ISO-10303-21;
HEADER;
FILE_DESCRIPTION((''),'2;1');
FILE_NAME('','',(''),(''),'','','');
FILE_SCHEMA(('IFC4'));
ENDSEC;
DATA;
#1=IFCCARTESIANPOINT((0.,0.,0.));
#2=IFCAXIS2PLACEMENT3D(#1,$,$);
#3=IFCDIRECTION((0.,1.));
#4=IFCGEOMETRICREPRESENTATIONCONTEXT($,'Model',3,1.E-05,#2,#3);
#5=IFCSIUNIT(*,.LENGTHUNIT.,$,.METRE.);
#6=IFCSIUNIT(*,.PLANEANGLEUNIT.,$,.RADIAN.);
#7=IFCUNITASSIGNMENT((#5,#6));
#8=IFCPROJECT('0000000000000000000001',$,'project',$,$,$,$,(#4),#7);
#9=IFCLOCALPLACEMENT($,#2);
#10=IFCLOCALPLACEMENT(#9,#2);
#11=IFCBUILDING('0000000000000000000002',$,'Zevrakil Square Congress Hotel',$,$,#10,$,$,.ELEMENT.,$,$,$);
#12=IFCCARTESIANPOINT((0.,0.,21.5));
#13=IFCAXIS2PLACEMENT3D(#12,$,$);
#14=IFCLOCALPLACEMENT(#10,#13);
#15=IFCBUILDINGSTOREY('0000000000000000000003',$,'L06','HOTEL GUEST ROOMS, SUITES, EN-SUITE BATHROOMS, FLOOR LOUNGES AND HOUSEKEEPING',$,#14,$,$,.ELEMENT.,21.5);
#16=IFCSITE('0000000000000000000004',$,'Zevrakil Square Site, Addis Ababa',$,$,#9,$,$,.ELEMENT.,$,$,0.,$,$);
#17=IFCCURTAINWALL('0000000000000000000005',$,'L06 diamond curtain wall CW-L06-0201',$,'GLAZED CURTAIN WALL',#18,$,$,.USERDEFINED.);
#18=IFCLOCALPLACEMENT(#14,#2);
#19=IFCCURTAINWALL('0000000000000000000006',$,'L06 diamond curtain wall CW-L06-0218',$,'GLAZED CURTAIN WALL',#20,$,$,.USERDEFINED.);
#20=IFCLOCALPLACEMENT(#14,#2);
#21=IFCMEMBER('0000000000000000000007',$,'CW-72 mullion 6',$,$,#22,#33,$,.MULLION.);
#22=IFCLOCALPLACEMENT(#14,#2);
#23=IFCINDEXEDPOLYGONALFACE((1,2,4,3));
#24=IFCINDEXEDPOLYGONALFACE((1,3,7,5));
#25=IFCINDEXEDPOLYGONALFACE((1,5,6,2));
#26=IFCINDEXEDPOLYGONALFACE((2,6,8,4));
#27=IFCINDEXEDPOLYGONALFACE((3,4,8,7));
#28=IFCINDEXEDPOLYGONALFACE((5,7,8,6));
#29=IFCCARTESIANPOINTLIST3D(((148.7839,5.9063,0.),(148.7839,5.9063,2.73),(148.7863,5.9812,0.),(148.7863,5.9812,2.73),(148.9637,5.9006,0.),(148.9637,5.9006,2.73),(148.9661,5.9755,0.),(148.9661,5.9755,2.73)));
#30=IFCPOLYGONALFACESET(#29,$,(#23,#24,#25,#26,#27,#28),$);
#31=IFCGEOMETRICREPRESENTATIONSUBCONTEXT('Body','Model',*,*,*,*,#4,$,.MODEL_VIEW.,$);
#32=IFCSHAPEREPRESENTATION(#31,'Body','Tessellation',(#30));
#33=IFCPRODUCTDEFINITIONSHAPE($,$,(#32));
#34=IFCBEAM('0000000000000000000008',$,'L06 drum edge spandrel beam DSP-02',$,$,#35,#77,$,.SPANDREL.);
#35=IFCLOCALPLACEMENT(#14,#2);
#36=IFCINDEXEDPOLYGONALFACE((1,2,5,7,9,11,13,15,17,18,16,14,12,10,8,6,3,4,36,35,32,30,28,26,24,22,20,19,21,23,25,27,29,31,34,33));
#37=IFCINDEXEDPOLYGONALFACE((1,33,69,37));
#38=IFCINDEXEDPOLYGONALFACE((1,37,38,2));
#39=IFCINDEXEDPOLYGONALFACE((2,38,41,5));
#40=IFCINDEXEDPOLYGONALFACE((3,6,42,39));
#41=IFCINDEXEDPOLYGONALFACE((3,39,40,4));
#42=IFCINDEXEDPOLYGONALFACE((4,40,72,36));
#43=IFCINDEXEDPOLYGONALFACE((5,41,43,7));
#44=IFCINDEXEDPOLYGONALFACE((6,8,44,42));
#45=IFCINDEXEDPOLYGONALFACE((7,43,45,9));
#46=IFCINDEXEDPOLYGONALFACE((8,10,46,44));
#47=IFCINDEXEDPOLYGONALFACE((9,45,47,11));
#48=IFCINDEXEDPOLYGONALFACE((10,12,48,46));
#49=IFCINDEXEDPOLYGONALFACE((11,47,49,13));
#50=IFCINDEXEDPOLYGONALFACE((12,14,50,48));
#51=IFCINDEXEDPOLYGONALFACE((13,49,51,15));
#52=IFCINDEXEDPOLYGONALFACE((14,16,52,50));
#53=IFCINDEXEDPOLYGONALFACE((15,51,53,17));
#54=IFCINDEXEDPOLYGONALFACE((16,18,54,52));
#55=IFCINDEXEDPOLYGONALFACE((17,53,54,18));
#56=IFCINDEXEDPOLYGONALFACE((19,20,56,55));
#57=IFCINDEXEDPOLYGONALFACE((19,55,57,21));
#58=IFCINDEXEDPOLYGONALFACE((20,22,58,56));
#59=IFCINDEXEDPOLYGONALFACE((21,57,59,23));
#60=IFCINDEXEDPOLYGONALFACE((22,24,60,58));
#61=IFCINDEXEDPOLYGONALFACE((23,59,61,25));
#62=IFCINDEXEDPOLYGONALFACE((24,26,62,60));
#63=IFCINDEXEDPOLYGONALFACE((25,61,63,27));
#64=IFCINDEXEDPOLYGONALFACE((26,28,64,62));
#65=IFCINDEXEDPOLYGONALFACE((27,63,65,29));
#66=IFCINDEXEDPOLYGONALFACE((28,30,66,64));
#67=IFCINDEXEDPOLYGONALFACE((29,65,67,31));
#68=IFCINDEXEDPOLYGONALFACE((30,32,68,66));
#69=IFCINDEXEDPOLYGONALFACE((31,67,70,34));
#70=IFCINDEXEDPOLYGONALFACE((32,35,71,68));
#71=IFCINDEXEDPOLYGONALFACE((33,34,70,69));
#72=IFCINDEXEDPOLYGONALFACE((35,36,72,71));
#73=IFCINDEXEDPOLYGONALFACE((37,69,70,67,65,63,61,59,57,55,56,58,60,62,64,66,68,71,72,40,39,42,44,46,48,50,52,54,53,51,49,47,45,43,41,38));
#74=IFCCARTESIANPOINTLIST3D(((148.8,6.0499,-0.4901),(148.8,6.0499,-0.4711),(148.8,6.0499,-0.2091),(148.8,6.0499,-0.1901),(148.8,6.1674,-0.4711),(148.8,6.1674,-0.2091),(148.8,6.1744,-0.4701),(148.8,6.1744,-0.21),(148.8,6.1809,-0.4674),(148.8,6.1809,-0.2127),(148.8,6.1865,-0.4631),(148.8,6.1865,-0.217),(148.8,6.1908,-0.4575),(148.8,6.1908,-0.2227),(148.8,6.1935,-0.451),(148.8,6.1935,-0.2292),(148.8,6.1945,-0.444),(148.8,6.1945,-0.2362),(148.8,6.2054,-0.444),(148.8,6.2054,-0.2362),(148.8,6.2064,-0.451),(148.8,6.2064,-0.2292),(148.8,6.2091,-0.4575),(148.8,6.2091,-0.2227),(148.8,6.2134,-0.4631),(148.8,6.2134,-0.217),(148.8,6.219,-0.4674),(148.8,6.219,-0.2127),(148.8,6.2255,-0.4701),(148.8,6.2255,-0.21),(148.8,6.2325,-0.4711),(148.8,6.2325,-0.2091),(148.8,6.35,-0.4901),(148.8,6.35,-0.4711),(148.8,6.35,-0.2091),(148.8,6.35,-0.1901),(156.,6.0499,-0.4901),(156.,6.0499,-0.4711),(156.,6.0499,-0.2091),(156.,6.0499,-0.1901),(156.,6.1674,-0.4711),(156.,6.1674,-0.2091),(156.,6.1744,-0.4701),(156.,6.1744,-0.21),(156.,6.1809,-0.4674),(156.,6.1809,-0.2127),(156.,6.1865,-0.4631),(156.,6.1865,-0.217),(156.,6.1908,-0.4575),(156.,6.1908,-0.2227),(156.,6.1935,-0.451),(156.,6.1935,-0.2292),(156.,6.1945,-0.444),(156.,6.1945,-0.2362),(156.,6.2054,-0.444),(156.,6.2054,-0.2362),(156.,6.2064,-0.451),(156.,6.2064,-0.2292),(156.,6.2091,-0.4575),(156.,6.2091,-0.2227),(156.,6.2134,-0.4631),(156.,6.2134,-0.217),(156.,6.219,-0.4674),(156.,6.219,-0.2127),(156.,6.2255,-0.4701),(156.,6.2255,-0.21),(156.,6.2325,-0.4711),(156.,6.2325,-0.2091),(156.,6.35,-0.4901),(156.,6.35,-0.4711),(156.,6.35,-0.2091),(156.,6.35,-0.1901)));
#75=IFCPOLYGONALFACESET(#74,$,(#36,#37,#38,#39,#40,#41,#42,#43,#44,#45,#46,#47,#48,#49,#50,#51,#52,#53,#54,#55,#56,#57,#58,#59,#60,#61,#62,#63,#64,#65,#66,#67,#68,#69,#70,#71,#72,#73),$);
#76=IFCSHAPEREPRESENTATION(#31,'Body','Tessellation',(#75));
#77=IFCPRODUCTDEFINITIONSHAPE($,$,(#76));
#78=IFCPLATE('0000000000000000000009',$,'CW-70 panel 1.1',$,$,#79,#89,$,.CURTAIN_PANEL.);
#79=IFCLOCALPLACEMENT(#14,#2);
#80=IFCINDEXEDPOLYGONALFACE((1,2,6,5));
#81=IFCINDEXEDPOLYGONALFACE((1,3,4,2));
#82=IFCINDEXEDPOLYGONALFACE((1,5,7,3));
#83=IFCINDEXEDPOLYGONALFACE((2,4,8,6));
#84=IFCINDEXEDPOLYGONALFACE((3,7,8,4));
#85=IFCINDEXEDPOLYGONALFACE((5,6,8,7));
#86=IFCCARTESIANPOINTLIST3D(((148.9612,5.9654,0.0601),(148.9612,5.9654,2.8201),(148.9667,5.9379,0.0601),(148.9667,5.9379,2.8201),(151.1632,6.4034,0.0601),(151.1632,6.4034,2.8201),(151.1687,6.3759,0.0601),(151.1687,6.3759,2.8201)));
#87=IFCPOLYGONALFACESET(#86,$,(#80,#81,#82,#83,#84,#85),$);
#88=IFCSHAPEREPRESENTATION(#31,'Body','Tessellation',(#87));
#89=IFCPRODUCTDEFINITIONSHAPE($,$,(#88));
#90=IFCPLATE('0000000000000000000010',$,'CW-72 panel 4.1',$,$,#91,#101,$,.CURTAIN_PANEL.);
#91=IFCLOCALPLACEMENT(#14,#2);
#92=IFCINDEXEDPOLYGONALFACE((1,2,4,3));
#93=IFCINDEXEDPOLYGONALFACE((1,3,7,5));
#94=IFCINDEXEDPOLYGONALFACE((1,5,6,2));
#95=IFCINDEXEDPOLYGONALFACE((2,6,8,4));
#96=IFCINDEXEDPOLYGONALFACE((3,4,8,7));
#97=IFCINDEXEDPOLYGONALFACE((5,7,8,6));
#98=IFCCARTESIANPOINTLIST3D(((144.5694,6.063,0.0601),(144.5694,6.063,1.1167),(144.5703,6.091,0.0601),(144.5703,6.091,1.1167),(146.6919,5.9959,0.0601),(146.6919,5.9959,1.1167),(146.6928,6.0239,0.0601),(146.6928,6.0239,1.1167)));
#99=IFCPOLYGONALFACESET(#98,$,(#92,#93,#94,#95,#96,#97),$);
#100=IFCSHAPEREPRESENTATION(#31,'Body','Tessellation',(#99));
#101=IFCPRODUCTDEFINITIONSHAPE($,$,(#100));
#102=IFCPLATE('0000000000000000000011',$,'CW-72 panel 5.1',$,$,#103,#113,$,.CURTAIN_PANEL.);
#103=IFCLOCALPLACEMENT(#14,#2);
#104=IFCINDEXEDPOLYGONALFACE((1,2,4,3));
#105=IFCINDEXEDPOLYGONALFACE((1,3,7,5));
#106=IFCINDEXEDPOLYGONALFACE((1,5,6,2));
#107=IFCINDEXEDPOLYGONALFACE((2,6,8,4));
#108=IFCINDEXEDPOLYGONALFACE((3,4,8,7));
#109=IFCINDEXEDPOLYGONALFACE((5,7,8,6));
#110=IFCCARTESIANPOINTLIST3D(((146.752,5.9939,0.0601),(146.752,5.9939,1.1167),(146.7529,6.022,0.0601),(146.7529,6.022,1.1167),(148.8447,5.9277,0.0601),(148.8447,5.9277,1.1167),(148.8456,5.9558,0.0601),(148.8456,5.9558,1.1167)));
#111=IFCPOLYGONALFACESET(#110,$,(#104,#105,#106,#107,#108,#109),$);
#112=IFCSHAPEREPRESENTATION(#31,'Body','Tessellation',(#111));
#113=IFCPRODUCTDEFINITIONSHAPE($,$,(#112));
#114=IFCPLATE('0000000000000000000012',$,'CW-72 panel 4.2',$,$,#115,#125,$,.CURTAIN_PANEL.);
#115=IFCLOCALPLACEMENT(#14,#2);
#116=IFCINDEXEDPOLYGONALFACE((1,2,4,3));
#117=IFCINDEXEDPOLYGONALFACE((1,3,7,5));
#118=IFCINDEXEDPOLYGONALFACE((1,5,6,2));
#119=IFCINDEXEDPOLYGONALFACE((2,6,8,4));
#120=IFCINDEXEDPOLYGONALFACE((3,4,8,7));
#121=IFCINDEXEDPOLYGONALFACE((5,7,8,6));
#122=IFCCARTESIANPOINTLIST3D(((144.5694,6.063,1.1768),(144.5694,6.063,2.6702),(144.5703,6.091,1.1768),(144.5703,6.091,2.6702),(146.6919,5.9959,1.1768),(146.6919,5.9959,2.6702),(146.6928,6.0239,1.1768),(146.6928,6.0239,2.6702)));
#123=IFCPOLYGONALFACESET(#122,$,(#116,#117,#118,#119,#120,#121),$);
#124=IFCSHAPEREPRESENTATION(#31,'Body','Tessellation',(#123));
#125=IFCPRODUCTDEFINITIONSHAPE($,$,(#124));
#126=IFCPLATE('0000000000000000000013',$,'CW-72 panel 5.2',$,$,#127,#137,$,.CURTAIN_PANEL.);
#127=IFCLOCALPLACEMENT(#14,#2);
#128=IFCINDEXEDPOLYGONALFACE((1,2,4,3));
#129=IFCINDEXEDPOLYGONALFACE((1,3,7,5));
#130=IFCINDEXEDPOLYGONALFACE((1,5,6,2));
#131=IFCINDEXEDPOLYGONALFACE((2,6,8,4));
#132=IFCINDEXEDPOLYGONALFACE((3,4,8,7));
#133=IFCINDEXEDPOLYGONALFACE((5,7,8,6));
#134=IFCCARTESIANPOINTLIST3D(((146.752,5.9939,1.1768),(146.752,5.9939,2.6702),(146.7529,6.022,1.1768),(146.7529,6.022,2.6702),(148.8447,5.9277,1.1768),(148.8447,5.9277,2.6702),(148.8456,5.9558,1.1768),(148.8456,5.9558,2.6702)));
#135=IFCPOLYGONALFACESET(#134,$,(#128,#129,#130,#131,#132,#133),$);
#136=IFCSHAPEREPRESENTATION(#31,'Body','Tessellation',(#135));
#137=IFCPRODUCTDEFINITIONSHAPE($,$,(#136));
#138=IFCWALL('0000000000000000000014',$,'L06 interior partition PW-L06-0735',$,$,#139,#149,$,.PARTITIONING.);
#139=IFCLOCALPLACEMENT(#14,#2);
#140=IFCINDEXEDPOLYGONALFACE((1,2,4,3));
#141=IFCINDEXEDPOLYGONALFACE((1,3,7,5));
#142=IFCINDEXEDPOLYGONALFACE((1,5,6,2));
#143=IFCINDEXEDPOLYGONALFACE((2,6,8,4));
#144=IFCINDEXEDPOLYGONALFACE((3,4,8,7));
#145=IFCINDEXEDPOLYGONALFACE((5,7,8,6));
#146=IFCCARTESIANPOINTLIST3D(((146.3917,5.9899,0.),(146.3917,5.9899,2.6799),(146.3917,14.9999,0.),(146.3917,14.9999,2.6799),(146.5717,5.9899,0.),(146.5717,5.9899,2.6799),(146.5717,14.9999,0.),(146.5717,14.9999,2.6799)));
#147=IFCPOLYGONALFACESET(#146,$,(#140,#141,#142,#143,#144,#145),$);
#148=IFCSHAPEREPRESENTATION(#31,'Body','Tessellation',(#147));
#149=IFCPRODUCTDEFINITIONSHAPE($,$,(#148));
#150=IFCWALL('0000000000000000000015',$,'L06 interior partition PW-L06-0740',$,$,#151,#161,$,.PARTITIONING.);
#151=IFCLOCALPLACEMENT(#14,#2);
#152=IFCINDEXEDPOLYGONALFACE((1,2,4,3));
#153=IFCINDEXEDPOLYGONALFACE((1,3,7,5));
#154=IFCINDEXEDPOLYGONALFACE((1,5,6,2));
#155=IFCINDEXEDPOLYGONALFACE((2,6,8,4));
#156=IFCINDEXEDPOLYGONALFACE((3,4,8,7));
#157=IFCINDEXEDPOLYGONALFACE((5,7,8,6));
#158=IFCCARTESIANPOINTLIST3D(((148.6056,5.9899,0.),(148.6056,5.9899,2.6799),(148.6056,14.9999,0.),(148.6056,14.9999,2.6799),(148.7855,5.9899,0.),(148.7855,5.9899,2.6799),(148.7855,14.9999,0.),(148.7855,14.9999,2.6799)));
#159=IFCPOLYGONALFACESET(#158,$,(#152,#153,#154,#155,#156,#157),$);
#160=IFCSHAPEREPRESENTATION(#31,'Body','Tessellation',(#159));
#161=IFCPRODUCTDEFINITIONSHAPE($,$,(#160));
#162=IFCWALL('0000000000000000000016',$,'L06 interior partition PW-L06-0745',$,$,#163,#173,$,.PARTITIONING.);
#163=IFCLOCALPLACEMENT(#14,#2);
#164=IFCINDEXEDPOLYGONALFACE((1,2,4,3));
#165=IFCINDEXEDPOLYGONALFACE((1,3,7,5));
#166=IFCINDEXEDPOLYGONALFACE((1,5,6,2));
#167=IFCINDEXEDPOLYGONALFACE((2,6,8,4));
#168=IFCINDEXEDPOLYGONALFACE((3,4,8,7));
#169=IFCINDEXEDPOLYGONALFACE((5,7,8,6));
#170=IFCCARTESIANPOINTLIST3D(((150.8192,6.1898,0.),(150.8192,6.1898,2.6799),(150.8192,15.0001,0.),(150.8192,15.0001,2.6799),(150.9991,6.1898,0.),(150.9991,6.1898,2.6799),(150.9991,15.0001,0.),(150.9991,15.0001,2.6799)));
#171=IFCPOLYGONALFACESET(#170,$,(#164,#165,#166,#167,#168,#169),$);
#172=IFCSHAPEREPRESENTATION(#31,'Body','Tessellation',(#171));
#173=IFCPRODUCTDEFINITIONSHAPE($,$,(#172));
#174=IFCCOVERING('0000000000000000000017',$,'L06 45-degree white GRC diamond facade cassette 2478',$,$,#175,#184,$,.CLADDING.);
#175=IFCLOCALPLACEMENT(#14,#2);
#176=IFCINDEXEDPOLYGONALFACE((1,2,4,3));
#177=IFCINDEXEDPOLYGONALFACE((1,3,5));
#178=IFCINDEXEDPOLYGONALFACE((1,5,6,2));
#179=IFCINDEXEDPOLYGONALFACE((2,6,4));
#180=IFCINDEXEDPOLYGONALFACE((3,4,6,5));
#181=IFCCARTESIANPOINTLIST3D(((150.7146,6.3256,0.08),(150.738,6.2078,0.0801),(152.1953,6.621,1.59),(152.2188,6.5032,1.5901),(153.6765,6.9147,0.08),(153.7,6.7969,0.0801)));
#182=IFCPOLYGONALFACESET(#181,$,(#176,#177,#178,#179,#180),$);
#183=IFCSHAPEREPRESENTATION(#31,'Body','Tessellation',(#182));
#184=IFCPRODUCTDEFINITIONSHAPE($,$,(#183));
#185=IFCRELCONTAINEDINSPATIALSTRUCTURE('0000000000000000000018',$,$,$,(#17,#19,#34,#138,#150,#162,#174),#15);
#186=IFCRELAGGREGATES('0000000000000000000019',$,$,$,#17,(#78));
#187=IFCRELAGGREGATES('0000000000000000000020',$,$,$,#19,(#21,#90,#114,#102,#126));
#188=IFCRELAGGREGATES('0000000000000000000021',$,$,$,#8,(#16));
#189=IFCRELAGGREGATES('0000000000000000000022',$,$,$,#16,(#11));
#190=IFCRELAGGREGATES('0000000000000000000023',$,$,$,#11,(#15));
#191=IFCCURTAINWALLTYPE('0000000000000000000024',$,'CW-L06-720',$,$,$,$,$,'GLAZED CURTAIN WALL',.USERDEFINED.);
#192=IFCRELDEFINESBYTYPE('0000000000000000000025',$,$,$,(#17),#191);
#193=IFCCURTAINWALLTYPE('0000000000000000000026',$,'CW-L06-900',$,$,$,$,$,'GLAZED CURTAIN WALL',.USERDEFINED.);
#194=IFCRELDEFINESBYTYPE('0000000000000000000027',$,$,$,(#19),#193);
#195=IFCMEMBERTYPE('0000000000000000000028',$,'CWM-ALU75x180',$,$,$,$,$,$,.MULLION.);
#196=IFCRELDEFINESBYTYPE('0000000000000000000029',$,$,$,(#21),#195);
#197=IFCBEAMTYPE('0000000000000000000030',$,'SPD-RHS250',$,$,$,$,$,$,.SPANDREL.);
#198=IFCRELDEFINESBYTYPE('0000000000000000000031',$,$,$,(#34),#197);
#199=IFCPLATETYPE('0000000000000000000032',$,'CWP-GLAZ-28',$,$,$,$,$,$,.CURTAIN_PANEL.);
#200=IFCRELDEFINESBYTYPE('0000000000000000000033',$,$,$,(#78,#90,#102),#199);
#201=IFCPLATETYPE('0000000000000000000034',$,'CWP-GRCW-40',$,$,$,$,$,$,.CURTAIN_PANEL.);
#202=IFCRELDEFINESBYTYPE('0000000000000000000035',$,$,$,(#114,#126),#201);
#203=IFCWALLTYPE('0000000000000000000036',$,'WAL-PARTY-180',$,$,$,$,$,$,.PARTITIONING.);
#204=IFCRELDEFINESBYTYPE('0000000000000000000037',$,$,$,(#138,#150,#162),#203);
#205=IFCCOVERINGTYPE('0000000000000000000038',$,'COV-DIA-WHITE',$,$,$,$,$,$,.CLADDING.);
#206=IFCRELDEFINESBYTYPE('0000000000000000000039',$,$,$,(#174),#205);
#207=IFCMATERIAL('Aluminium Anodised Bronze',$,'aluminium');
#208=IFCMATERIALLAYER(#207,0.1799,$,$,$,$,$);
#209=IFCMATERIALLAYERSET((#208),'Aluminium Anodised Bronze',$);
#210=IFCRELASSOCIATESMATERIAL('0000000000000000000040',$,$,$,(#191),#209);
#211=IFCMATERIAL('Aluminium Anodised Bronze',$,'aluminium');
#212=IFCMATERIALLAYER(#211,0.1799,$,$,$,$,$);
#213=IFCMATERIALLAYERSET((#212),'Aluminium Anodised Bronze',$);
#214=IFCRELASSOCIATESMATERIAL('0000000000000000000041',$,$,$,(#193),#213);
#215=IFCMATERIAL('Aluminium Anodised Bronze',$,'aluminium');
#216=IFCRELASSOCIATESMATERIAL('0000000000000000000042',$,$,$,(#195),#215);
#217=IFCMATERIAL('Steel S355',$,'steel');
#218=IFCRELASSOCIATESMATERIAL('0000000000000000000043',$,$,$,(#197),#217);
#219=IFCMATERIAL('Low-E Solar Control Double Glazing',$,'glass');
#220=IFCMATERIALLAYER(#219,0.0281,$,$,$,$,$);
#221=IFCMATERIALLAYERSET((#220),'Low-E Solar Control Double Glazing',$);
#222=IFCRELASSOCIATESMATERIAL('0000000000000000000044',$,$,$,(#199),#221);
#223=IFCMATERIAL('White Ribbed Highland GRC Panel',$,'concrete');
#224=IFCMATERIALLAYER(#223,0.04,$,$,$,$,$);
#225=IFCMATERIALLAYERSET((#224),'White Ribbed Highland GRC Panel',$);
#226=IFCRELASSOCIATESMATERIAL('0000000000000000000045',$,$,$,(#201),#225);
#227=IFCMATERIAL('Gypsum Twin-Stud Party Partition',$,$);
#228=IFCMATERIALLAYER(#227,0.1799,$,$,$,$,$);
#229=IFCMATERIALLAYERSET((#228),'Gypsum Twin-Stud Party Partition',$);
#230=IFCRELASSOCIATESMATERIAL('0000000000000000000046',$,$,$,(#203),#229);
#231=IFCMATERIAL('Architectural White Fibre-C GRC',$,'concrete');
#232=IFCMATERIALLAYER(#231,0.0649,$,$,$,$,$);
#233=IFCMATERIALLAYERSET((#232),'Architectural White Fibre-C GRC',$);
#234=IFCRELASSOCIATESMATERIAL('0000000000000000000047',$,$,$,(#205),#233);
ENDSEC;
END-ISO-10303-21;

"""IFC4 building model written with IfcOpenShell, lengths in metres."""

from ifc_helpers import new_model, si_unit, direction, frame, frame_2d, origin, origin_2d, place, context, subcontext, project, spatial, polyline, rectangle, i_section, outline, extrude, material, layer, layer_set, material_profile, profile_set, type_object, element, aggregate, save


model = new_model("IFC4")

# Units and contexts
model_context = context("Model", 3, precision=1e-05, world=origin(), true_north=direction((0.0, 1.0)))
body_context = subcontext(model_context, "Body", "Model", "MODEL_VIEW")
ifc_project = project(units=[si_unit("LENGTHUNIT", "METRE"), si_unit("PLANEANGLEUNIT", "RADIAN")], contexts=[model_context])

# Site, building, storey
site_placement = place(None, origin())
site = spatial("IfcSite", under=ifc_project, at=site_placement, Name="Zevrakil Square Site, Addis Ababa", CompositionType="ELEMENT", RefElevation=0.0)
building_placement = place(site_placement, origin())
building = spatial("IfcBuilding", under=site, at=building_placement, Name="Zevrakil Square Congress Hotel", CompositionType="ELEMENT")
storey_placement = place(building_placement, frame((0.0, 0.0, 21.5)))
storey = spatial("IfcBuildingStorey", under=building, at=storey_placement, Name="L06", Description="HOTEL GUEST ROOMS, SUITES, EN-SUITE BATHROOMS, FLOOR LOUNGES AND HOUSEKEEPING", CompositionType="ELEMENT", Elevation=21.5)

# Curtain walls
ifc_material_1 = material(Name="Aluminium Anodised Bronze", Category="aluminium")
ifc_layer_1 = layer(ifc_material_1, 0.1799)
ifc_layer_set_1 = layer_set([ifc_layer_1], Name="Aluminium Anodised Bronze")
curtain_wall_type_1 = type_object("IfcCurtainWallType", Name="CW-L06-720", ElementType="GLAZED CURTAIN WALL", PredefinedType="USERDEFINED", material=ifc_layer_set_1)
curtain_wall_1_placement = place(storey_placement, origin())
curtain_wall_1 = element("IfcCurtainWall", 1, at=curtain_wall_1_placement, inside=storey, type_object=curtain_wall_type_1, Name="L06 diamond curtain wall CW-L06-0201", ObjectType="GLAZED CURTAIN WALL", PredefinedType="USERDEFINED")
ifc_material_2 = material(Name="Aluminium Anodised Bronze", Category="aluminium")
ifc_layer_2 = layer(ifc_material_2, 0.1799)
ifc_layer_set_2 = layer_set([ifc_layer_2], Name="Aluminium Anodised Bronze")
curtain_wall_type_2 = type_object("IfcCurtainWallType", Name="CW-L06-900", ElementType="GLAZED CURTAIN WALL", PredefinedType="USERDEFINED", material=ifc_layer_set_2)
curtain_wall_2_placement = place(storey_placement, origin())
curtain_wall_2 = element("IfcCurtainWall", 2, at=curtain_wall_2_placement, inside=storey, type_object=curtain_wall_type_2, Name="L06 diamond curtain wall CW-L06-0218", ObjectType="GLAZED CURTAIN WALL", PredefinedType="USERDEFINED")

# Member
ifc_material_3 = material(Name="Aluminium Anodised Bronze", Category="aluminium")
ifc_material_profile_1 = material_profile(ifc_material_3, rectangle(XDim=0.075, YDim=0.1799, at=origin_2d()), Name="ALU 75x180")
ifc_profile_set_1 = profile_set([ifc_material_profile_1], Name="Aluminium Anodised Bronze")
member_type_1 = type_object("IfcMemberType", Name="CWM-ALU75x180", PredefinedType="MULLION", material=ifc_profile_set_1)
member_1_placement = place(storey_placement, frame((148.875, 5.9409, 0.0), z_axis=(0.0, 0.0, 1.0), x_axis=(0.031598, 0.999501, 0.0)))
member_1 = element("IfcMember", 3, at=member_1_placement, type_object=member_type_1, Name="CW-72 mullion 6", PredefinedType="MULLION", context=body_context, shape_type="SweptSolid", body=[
    extrude(rectangle(XDim=0.075, YDim=0.1799, at=origin_2d()), origin(), (0.0, 0.0, 1.0), 2.73),
])

# Beam
ifc_material_4 = material(Name="Steel S355", Category="steel")
ifc_material_profile_2 = material_profile(ifc_material_4, i_section(OverallWidth=0.3, OverallDepth=0.3, WebThickness=0.011, FlangeThickness=0.019, FilletRadius=0.0271, at=origin_2d()), Name="HEB 300")
ifc_profile_set_2 = profile_set([ifc_material_profile_2], Name="Steel S355")
beam_type = type_object("IfcBeamType", Name="SPD-RHS250", PredefinedType="SPANDREL", material=ifc_profile_set_2)
beam_placement = place(storey_placement, frame((148.8, 6.2, -0.3401), z_axis=(1.0, 0.0, 0.0), x_axis=(0.0, 1.0, 0.0)))
element("IfcBeam", 4, at=beam_placement, inside=storey, type_object=beam_type, Name="L06 drum edge spandrel beam DSP-02", PredefinedType="SPANDREL", context=body_context, shape_type="SweptSolid", body=[
    extrude(i_section(OverallWidth=0.3, OverallDepth=0.3, WebThickness=0.011, FlangeThickness=0.019, FilletRadius=0.0271, at=origin_2d()), origin(), (0.0, 0.0, 1.0), 7.2),
])

# Plates
ifc_material_5 = material(Name="Low-E Solar Control Double Glazing", Category="glass")
ifc_layer_3 = layer(ifc_material_5, 0.0281)
ifc_layer_set_3 = layer_set([ifc_layer_3], Name="Low-E Solar Control Double Glazing")
plate_type_1 = type_object("IfcPlateType", Name="CWP-GLAZ-28", PredefinedType="CURTAIN_PANEL", material=ifc_layer_set_3)
plate_1_placement = place(storey_placement, frame((150.0649, 6.1707, 0.0601), z_axis=(0.0, 0.0, 1.0), x_axis=(0.980787, 0.195084, 0.0)))
plate_1 = element("IfcPlate", 5, at=plate_1_placement, type_object=plate_type_1, Name="CW-70 panel 1.1", PredefinedType="CURTAIN_PANEL", context=body_context, shape_type="SweptSolid", body=[
    extrude(rectangle(XDim=2.2451, YDim=0.0281, at=origin_2d()), origin(), (0.0, 0.0, 1.0), 2.76),
])
aggregate(curtain_wall_1, [plate_1])
plate_2_placement = place(storey_placement, frame((145.6311, 6.0435, 0.0601), z_axis=(0.0, 0.0, 1.0), x_axis=(0.999501, -0.031598, 0.0)))
plate_2 = element("IfcPlate", 6, at=plate_2_placement, type_object=plate_type_1, Name="CW-72 panel 4.1", PredefinedType="CURTAIN_PANEL", context=body_context, shape_type="SweptSolid", body=[
    extrude(rectangle(XDim=2.1235, YDim=0.0281, at=origin_2d()), origin(), (0.0, 0.0, 1.0), 1.0566),
])
plate_3_placement = place(storey_placement, frame((147.7988, 5.9749, 0.0601), z_axis=(0.0, 0.0, 1.0), x_axis=(0.999501, -0.031598, 0.0)))
plate_3 = element("IfcPlate", 7, at=plate_3_placement, type_object=plate_type_1, Name="CW-72 panel 5.1", PredefinedType="CURTAIN_PANEL", context=body_context, shape_type="SweptSolid", body=[
    extrude(rectangle(XDim=2.0938, YDim=0.0281, at=origin_2d()), origin(), (0.0, 0.0, 1.0), 1.0566),
])
ifc_material_6 = material(Name="White Ribbed Highland GRC Panel", Category="concrete")
ifc_layer_4 = layer(ifc_material_6, 0.04)
ifc_layer_set_4 = layer_set([ifc_layer_4], Name="White Ribbed Highland GRC Panel")
plate_type_2 = type_object("IfcPlateType", Name="CWP-GRCW-40", PredefinedType="CURTAIN_PANEL", material=ifc_layer_set_4)
plate_4_placement = place(storey_placement, frame((145.6311, 6.0435, 1.1768), z_axis=(0.0, 0.0, 1.0), x_axis=(0.999501, -0.031598, 0.0)))
plate_4 = element("IfcPlate", 8, at=plate_4_placement, type_object=plate_type_2, Name="CW-72 panel 4.2", PredefinedType="CURTAIN_PANEL", context=body_context, shape_type="SweptSolid", body=[
    extrude(rectangle(XDim=2.1235, YDim=0.0281, at=origin_2d()), origin(), (0.0, 0.0, 1.0), 1.4934),
])
plate_5_placement = place(storey_placement, frame((147.7988, 5.9749, 1.1768), z_axis=(0.0, 0.0, 1.0), x_axis=(0.999501, -0.031598, 0.0)))
plate_5 = element("IfcPlate", 9, at=plate_5_placement, type_object=plate_type_2, Name="CW-72 panel 5.2", PredefinedType="CURTAIN_PANEL", context=body_context, shape_type="SweptSolid", body=[
    extrude(rectangle(XDim=2.0938, YDim=0.0281, at=origin_2d()), origin(), (0.0, 0.0, 1.0), 1.4934),
])
aggregate(curtain_wall_2, [member_1, plate_2, plate_4, plate_3, plate_5])

# Walls
ifc_material_7 = material(Name="Gypsum Twin-Stud Party Partition")
ifc_layer_5 = layer(ifc_material_7, 0.1799)
ifc_layer_set_5 = layer_set([ifc_layer_5], Name="Gypsum Twin-Stud Party Partition")
wall_type = type_object("IfcWallType", Name="WAL-PARTY-180", PredefinedType="PARTITIONING", material=ifc_layer_set_5)
for number, where, z_axis, x_axis, name in (
    (10, (146.4817, 5.99, 0.0), (0.0, 0.0, 1.0), (0.0, 1.0, 0.0), "L06 interior partition PW-L06-0735"),
    (11, (148.6956, 5.99, 0.0), (0.0, 0.0, 1.0), (0.0, 1.0, 0.0), "L06 interior partition PW-L06-0740"),
):
    element("IfcWall", number, at=place(storey_placement, frame(where, z_axis=z_axis, x_axis=x_axis)), inside=storey, type_object=wall_type, Name=name, PredefinedType="PARTITIONING", context=body_context, shape_type="SweptSolid", body=[
        extrude(rectangle(XDim=9.01, YDim=0.1799, at=frame_2d((4.5049, 0.0))), origin(), (0.0, 0.0, 1.0), 2.6799),
    ])
wall_placement = place(storey_placement, frame((150.9092, 6.1897, 0.0), z_axis=(0.0, 0.0, 1.0), x_axis=(0.0, 1.0, 0.0)))
element("IfcWall", 12, at=wall_placement, inside=storey, type_object=wall_type, Name="L06 interior partition PW-L06-0745", PredefinedType="PARTITIONING", context=body_context, shape_type="SweptSolid", body=[
    extrude(rectangle(XDim=8.8103, YDim=0.1799, at=frame_2d((4.4053, 0.0))), origin(), (0.0, 0.0, 1.0), 2.6799),
])

# Covering
ifc_material_8 = material(Name="Architectural White Fibre-C GRC", Category="concrete")
ifc_layer_6 = layer(ifc_material_8, 0.0649)
ifc_layer_set_6 = layer_set([ifc_layer_6], Name="Architectural White Fibre-C GRC")
covering_type_1 = type_object("IfcCoveringType", Name="COV-DIA-WHITE", PredefinedType="CLADDING", material=ifc_layer_set_6)
covering_1_placement = place(storey_placement, frame((152.2188, 6.5032, 1.5901), z_axis=(0.195074, -0.980788, 0.000587), x_axis=(0.69361, 0.137533, -0.7071)))
element("IfcCovering", 13, at=covering_1_placement, inside=storey, type_object=covering_type_1, Name="L06 45-degree white GRC diamond facade cassette 2478", PredefinedType="CLADDING", context=body_context, shape_type="SweptSolid", body=[
    extrude(outline(polyline([(0.0, 0.0), (2.1355, 0.0), (0.0001, -2.1354), (0.0, 0.0)])), origin(), (0.0, 0.0, -1.0), 0.1201),
])

save(model, "model.ifc")
